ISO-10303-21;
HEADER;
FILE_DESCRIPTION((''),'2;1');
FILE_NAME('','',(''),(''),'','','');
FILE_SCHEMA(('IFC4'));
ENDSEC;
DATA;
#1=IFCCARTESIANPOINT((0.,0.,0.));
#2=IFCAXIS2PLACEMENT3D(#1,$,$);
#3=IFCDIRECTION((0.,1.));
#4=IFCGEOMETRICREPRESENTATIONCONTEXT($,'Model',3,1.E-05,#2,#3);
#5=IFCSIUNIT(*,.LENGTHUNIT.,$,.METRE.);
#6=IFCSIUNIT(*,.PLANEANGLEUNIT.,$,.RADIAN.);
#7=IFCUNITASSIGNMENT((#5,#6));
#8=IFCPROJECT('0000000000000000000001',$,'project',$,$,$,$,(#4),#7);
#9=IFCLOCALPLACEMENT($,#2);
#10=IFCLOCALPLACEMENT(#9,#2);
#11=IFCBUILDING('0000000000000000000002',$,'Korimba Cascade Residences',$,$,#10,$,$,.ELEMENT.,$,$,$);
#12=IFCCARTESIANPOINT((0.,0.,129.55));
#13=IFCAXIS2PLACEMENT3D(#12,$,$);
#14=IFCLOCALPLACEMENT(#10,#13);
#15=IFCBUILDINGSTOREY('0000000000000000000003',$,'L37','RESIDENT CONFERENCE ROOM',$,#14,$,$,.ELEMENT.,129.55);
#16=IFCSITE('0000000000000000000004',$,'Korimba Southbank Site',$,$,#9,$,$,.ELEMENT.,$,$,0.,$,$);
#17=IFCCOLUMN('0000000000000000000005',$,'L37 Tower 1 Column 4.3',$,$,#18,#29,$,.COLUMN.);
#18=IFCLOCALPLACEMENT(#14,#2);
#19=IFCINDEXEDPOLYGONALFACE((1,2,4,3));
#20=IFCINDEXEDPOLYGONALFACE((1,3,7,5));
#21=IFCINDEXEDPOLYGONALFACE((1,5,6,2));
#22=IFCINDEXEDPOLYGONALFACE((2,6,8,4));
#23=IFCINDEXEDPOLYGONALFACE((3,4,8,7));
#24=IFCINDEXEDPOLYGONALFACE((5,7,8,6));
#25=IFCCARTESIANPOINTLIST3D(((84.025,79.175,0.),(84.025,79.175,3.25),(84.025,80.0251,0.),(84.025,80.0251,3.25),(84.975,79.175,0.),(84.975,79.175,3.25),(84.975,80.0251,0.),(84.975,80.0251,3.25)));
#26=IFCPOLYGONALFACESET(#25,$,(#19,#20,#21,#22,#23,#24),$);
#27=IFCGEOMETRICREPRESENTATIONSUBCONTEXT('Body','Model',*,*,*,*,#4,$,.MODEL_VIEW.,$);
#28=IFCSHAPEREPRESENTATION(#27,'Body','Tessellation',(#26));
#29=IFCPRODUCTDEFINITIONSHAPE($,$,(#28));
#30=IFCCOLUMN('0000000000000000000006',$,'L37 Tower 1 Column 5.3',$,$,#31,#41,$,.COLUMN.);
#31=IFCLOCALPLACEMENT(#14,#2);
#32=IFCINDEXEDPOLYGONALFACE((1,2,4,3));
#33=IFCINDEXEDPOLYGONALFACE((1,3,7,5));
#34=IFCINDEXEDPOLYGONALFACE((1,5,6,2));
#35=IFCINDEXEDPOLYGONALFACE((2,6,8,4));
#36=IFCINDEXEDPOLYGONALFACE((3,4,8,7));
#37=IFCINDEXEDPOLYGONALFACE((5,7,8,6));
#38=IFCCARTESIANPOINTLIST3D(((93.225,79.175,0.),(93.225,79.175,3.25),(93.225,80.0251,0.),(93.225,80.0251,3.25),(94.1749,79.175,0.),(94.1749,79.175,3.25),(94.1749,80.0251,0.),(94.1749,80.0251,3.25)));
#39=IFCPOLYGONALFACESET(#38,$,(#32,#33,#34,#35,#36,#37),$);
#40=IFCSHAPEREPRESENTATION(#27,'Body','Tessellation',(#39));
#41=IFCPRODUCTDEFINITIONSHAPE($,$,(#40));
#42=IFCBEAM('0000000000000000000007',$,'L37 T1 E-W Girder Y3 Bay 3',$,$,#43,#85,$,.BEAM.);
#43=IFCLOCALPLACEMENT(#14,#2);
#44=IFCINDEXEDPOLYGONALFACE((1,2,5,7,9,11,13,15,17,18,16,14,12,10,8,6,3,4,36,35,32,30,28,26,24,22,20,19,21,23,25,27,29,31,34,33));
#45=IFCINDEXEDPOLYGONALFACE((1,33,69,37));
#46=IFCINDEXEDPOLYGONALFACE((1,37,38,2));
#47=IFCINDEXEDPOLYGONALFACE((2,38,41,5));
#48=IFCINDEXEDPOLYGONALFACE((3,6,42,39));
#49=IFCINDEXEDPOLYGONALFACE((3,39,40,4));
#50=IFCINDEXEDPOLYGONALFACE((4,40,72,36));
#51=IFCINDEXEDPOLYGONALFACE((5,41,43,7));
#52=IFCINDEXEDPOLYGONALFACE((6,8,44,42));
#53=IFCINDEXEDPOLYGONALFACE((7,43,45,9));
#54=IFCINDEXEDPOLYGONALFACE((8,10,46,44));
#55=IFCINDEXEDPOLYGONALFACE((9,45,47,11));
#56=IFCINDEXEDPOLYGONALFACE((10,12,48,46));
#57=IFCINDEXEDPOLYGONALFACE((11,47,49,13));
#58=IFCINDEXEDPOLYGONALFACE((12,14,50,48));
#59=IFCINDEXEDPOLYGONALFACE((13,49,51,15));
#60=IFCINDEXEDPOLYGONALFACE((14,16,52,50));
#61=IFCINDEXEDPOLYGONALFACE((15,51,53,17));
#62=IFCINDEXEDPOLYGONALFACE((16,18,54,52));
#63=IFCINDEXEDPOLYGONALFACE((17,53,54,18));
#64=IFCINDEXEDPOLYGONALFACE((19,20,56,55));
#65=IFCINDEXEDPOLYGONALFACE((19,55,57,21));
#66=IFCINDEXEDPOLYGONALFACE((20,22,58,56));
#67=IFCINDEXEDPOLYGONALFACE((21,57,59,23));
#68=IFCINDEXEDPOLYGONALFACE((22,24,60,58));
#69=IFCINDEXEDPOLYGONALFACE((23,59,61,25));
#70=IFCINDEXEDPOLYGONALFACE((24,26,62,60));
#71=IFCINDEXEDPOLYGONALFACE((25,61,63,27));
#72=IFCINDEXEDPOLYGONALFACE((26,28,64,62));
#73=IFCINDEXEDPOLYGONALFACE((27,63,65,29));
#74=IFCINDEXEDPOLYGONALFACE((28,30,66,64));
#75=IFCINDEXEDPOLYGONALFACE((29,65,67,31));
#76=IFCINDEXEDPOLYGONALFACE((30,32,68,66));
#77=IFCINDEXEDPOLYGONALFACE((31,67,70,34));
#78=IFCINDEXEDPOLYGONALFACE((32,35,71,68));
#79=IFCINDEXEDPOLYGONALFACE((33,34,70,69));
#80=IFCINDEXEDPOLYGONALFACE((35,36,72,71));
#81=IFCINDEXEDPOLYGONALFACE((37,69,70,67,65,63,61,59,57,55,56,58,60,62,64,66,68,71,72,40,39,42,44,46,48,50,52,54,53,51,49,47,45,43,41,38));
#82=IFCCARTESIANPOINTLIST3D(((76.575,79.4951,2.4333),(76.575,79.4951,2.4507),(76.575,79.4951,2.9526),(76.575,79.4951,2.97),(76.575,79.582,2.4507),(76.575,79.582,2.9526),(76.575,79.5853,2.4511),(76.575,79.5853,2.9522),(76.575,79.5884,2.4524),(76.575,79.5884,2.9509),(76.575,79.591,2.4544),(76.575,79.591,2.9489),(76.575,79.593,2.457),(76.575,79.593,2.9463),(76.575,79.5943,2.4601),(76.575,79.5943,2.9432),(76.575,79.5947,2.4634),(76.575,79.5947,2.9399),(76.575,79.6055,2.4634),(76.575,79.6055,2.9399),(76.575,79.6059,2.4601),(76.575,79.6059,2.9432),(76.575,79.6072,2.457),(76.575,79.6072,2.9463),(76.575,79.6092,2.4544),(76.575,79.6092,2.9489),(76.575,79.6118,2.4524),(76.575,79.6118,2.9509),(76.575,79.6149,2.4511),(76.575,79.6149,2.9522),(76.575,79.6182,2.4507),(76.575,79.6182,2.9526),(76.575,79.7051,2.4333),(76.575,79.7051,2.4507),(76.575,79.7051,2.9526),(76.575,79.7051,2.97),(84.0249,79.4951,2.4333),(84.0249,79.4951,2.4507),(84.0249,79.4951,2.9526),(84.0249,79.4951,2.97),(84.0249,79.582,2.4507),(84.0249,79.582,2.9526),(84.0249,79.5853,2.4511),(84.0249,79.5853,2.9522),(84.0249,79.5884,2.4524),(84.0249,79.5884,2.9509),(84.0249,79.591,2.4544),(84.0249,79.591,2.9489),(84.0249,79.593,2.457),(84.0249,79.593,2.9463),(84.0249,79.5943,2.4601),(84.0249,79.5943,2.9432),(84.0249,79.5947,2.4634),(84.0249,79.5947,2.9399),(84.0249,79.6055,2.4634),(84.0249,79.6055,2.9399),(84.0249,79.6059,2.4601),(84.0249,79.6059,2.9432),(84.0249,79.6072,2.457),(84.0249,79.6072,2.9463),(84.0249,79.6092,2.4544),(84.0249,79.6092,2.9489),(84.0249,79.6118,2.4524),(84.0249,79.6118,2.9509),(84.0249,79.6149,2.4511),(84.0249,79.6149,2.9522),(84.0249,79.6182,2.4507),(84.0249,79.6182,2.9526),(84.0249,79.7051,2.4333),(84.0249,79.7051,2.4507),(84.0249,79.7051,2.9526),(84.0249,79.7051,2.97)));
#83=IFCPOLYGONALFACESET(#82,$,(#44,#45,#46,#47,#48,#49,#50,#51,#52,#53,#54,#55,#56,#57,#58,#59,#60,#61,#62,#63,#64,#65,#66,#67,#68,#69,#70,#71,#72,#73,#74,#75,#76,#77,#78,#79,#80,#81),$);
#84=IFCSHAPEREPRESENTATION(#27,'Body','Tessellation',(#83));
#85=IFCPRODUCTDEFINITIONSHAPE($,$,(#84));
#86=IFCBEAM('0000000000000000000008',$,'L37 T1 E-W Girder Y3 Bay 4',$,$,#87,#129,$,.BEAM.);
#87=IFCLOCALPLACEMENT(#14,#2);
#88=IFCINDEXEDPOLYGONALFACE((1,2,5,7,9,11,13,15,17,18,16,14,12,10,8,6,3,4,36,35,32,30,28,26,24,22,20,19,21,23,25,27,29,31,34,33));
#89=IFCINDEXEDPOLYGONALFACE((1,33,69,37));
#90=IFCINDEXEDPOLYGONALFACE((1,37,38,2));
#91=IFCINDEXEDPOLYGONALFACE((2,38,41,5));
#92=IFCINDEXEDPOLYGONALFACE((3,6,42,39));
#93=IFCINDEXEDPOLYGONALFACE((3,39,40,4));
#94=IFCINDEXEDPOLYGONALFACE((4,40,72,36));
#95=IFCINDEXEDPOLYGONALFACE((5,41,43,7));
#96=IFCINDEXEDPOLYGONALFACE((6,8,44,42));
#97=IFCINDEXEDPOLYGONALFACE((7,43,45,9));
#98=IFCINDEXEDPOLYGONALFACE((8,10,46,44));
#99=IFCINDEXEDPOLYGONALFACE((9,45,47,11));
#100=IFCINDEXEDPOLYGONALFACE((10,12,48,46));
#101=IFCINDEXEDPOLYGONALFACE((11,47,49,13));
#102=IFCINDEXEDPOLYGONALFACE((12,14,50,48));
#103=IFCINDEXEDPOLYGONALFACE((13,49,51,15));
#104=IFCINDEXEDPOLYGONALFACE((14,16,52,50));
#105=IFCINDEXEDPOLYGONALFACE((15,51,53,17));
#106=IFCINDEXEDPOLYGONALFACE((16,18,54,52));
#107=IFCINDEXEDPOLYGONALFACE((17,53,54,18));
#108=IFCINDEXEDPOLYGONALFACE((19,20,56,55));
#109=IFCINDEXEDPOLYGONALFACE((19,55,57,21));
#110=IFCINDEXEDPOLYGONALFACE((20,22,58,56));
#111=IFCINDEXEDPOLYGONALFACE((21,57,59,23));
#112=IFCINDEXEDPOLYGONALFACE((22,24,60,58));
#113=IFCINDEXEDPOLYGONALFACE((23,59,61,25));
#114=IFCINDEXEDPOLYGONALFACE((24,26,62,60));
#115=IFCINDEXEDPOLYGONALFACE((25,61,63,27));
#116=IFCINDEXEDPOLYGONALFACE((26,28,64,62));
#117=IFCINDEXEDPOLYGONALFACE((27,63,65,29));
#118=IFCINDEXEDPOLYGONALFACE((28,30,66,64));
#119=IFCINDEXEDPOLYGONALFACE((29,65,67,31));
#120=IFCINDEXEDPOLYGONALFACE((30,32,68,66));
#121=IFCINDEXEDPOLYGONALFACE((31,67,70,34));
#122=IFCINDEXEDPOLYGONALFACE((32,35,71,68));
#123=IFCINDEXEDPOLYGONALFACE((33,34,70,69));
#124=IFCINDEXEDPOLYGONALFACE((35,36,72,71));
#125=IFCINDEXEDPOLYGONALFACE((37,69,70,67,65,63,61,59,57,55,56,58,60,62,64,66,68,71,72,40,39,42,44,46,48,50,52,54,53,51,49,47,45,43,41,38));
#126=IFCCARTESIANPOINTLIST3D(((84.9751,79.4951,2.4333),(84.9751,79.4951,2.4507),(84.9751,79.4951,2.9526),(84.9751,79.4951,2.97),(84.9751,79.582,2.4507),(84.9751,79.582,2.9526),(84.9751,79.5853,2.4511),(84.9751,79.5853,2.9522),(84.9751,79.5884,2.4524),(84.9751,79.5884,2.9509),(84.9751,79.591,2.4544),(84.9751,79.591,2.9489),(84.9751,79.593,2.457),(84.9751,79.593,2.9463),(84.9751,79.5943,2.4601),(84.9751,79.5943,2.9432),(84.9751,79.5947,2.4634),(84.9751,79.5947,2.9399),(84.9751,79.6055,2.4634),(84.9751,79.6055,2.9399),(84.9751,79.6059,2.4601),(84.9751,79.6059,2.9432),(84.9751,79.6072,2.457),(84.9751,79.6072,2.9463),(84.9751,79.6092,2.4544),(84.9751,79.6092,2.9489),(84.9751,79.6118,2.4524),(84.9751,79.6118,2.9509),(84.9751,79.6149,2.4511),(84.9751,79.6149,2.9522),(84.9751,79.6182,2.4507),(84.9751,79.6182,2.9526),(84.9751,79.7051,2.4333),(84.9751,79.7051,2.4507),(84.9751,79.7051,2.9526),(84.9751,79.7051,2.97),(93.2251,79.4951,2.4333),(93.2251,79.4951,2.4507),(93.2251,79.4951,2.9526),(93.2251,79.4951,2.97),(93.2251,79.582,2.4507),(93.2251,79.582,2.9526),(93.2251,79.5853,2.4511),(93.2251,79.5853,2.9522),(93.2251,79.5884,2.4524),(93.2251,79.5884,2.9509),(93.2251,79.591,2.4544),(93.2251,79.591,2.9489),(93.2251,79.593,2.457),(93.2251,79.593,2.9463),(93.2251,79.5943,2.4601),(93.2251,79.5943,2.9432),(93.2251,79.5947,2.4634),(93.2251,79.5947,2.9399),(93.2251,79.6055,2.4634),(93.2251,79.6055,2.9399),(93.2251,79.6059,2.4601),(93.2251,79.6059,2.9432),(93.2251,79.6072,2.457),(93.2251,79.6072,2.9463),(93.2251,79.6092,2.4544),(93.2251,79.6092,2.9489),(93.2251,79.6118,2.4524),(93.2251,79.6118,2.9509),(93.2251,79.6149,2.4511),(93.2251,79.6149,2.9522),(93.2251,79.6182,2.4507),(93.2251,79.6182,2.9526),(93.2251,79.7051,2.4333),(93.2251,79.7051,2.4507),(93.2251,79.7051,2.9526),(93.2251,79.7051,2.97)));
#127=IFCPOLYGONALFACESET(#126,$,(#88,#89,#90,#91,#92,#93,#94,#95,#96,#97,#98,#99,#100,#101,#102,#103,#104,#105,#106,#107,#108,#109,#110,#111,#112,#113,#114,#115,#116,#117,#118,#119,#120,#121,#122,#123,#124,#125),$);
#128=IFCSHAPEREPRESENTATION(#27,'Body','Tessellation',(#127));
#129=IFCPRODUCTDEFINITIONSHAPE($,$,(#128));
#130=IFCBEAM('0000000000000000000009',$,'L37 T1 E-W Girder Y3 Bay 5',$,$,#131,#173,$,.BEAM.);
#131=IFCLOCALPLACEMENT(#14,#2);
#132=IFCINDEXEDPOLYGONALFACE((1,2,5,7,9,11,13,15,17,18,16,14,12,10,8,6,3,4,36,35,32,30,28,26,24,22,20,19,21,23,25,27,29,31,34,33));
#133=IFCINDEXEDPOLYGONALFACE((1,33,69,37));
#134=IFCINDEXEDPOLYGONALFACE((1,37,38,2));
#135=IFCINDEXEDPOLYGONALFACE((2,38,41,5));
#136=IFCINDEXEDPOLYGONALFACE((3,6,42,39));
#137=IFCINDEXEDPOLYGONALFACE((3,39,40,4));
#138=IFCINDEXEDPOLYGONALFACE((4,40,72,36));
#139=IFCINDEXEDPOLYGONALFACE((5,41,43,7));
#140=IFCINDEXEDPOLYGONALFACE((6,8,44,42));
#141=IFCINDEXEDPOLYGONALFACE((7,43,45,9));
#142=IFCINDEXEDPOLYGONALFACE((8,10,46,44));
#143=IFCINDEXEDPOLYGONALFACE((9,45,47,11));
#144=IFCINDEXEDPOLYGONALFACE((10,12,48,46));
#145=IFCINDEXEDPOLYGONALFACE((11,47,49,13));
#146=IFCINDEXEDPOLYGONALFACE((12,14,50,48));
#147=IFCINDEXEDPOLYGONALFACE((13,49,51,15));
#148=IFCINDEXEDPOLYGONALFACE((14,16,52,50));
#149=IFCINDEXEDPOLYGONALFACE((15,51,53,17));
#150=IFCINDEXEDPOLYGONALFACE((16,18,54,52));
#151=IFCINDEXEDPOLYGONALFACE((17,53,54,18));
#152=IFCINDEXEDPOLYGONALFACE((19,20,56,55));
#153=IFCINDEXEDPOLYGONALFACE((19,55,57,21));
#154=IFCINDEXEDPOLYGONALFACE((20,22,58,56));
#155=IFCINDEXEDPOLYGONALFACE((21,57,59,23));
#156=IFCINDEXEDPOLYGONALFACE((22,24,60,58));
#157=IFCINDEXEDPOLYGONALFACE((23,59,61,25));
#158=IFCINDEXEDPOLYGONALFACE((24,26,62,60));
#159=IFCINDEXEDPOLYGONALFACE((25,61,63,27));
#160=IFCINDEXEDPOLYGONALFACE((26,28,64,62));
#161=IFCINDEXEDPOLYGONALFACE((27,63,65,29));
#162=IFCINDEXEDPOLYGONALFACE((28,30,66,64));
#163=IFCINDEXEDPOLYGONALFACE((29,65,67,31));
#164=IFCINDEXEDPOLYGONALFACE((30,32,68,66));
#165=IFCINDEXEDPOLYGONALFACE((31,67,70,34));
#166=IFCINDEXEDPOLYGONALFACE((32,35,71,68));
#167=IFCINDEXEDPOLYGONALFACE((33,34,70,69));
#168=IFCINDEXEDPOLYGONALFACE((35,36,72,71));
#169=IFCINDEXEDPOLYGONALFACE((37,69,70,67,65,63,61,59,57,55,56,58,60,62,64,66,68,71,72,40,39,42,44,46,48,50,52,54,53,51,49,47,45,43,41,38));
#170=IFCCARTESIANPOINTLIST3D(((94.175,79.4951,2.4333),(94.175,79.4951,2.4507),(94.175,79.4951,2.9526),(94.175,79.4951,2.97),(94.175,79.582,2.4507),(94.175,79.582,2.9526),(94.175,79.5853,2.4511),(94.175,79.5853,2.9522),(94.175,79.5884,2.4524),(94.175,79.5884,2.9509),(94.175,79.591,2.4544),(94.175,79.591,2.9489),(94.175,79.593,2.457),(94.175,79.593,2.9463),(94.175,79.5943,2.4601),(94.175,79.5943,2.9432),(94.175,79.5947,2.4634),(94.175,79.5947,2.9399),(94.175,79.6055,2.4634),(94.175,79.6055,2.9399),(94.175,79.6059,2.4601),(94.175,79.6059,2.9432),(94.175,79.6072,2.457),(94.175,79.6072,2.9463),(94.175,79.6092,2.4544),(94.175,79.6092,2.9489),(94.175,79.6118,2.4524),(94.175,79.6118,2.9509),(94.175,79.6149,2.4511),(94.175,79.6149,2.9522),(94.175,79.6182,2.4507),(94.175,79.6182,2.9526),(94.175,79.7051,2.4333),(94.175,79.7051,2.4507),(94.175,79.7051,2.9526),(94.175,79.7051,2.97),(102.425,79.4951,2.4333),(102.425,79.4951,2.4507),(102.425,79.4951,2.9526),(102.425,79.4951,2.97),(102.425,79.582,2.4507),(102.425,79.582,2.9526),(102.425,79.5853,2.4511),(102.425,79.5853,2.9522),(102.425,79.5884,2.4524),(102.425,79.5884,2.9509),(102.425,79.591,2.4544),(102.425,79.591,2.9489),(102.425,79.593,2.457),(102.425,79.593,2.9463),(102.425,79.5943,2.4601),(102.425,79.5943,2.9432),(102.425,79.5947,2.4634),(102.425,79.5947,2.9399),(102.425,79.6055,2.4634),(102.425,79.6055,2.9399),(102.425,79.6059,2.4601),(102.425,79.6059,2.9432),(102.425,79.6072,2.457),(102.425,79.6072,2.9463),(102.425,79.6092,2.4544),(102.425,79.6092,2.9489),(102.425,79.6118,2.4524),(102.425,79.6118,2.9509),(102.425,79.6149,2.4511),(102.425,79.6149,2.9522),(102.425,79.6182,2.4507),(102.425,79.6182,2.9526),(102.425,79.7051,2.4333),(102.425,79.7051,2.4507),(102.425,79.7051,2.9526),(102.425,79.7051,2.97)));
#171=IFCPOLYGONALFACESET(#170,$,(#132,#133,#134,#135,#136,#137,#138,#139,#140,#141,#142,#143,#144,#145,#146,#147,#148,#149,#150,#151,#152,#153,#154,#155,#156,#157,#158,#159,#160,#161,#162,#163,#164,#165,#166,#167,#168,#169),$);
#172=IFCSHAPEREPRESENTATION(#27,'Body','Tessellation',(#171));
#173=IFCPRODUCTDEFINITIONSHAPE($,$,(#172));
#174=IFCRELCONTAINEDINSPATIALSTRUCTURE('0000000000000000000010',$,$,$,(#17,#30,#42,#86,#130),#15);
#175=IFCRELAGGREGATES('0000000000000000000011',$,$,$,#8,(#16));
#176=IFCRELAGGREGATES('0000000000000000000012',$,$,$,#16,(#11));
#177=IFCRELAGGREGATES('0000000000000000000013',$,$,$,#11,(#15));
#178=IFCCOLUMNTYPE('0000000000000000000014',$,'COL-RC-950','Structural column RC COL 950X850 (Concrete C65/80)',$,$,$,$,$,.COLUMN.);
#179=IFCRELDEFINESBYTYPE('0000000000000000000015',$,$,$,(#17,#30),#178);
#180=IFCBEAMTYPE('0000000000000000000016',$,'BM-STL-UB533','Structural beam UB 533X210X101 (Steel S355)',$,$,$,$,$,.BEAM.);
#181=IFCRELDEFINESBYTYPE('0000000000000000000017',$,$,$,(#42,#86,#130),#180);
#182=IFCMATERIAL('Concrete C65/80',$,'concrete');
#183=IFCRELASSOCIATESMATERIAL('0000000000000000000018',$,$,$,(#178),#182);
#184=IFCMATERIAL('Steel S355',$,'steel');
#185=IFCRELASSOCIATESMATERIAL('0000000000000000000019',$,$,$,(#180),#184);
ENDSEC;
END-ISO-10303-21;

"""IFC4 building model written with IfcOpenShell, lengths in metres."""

from ifc_helpers import new_model, si_unit, direction, frame, origin, origin_2d, place, context, subcontext, project, spatial, rectangle, i_section, extrude, material, material_profile, profile_set, type_object, element, save


model = new_model("IFC4")

# Units and contexts
model_context = context("Model", 3, precision=1e-05, world=origin(), true_north=direction((0.0, 1.0)))
body_context = subcontext(model_context, "Body", "Model", "MODEL_VIEW")
ifc_project = project(units=[si_unit("LENGTHUNIT", "METRE"), si_unit("PLANEANGLEUNIT", "RADIAN")], contexts=[model_context])

# Site, building, storey
site_placement = place(None, origin())
site = spatial("IfcSite", under=ifc_project, at=site_placement, Name="Korimba Southbank Site", CompositionType="ELEMENT", RefElevation=0.0)
building_placement = place(site_placement, origin())
building = spatial("IfcBuilding", under=site, at=building_placement, Name="Korimba Cascade Residences", CompositionType="ELEMENT")
storey_placement = place(building_placement, frame((0.0, 0.0, 129.55)))
storey = spatial("IfcBuildingStorey", under=building, at=storey_placement, Name="L37", Description="RESIDENT CONFERENCE ROOM", CompositionType="ELEMENT", Elevation=129.55)

# Columns
ifc_material_1 = material(Name="Concrete C65/80", Category="concrete")
ifc_material_profile_1 = material_profile(ifc_material_1, rectangle(XDim=0.95, YDim=0.8501, at=origin_2d()), Name="Concrete C65/80")
ifc_profile_set_1 = profile_set([ifc_material_profile_1], Name="Concrete C65/80")
column_type = type_object("IfcColumnType", Name="COL-RC-950", Description="Structural column RC COL 950X850 (Concrete C65/80)", PredefinedType="COLUMN", material=ifc_profile_set_1)
for number, where, z_axis, x_axis, name in (
    (1, (84.5, 79.6001, 0.0), (0.0, 0.0, 1.0), (1.0, 0.0, 0.0), "L37 Tower 1 Column 4.3"),
    (2, (93.7, 79.6001, 0.0), (0.0, 0.0, 1.0), (1.0, 0.0, 0.0), "L37 Tower 1 Column 5.3"),
):
    element("IfcColumn", number, at=place(storey_placement, frame(where, z_axis=z_axis, x_axis=x_axis)), inside=storey, type_object=column_type, Name=name, PredefinedType="COLUMN", context=body_context, shape_type="SweptSolid", body=[
        extrude(rectangle(XDim=0.95, YDim=0.8501, at=origin_2d()), origin(), (0.0, 0.0, 1.0), 3.25),
    ])

# Beams
ifc_material_2 = material(Name="Steel S355", Category="steel")
ifc_material_profile_2 = material_profile(ifc_material_2, i_section(OverallWidth=0.21, OverallDepth=0.5366, WebThickness=0.0107, FlangeThickness=0.0173, FilletRadius=0.0127, at=origin_2d()), Name="Steel S355")
ifc_profile_set_2 = profile_set([ifc_material_profile_2], Name="Steel S355")
beam_type_1 = type_object("IfcBeamType", Name="BM-STL-UB533", Description="Structural beam UB 533X210X101 (Steel S355)", PredefinedType="BEAM", material=ifc_profile_set_2)
beam_placement = place(storey_placement, frame((76.575, 79.6001, 2.7017), z_axis=(1.0, 0.0, 0.0), x_axis=(0.0, 1.0, 0.0)))
element("IfcBeam", 3, at=beam_placement, inside=storey, type_object=beam_type_1, Name="L37 T1 E-W Girder Y3 Bay 3", PredefinedType="BEAM", context=body_context, shape_type="SweptSolid", body=[
    extrude(i_section(OverallWidth=0.21, OverallDepth=0.5366, WebThickness=0.0107, FlangeThickness=0.0173, FilletRadius=0.0127, at=origin_2d()), origin(), (0.0, 0.0, 1.0), 7.45),
])
for number, where, z_axis, x_axis, name in (
    (4, (84.9751, 79.6001, 2.7017), (1.0, 0.0, 0.0), (0.0, 1.0, 0.0), "L37 T1 E-W Girder Y3 Bay 4"),
    (5, (94.175, 79.6001, 2.7017), (1.0, 0.0, 0.0), (0.0, 1.0, 0.0), "L37 T1 E-W Girder Y3 Bay 5"),
):
    element("IfcBeam", number, at=place(storey_placement, frame(where, z_axis=z_axis, x_axis=x_axis)), inside=storey, type_object=beam_type_1, Name=name, PredefinedType="BEAM", context=body_context, shape_type="SweptSolid", body=[
        extrude(i_section(OverallWidth=0.21, OverallDepth=0.5366, WebThickness=0.0107, FlangeThickness=0.0173, FilletRadius=0.0127, at=origin_2d()), origin(), (0.0, 0.0, 1.0), 8.25),
    ])

save(model, "model.ifc")
